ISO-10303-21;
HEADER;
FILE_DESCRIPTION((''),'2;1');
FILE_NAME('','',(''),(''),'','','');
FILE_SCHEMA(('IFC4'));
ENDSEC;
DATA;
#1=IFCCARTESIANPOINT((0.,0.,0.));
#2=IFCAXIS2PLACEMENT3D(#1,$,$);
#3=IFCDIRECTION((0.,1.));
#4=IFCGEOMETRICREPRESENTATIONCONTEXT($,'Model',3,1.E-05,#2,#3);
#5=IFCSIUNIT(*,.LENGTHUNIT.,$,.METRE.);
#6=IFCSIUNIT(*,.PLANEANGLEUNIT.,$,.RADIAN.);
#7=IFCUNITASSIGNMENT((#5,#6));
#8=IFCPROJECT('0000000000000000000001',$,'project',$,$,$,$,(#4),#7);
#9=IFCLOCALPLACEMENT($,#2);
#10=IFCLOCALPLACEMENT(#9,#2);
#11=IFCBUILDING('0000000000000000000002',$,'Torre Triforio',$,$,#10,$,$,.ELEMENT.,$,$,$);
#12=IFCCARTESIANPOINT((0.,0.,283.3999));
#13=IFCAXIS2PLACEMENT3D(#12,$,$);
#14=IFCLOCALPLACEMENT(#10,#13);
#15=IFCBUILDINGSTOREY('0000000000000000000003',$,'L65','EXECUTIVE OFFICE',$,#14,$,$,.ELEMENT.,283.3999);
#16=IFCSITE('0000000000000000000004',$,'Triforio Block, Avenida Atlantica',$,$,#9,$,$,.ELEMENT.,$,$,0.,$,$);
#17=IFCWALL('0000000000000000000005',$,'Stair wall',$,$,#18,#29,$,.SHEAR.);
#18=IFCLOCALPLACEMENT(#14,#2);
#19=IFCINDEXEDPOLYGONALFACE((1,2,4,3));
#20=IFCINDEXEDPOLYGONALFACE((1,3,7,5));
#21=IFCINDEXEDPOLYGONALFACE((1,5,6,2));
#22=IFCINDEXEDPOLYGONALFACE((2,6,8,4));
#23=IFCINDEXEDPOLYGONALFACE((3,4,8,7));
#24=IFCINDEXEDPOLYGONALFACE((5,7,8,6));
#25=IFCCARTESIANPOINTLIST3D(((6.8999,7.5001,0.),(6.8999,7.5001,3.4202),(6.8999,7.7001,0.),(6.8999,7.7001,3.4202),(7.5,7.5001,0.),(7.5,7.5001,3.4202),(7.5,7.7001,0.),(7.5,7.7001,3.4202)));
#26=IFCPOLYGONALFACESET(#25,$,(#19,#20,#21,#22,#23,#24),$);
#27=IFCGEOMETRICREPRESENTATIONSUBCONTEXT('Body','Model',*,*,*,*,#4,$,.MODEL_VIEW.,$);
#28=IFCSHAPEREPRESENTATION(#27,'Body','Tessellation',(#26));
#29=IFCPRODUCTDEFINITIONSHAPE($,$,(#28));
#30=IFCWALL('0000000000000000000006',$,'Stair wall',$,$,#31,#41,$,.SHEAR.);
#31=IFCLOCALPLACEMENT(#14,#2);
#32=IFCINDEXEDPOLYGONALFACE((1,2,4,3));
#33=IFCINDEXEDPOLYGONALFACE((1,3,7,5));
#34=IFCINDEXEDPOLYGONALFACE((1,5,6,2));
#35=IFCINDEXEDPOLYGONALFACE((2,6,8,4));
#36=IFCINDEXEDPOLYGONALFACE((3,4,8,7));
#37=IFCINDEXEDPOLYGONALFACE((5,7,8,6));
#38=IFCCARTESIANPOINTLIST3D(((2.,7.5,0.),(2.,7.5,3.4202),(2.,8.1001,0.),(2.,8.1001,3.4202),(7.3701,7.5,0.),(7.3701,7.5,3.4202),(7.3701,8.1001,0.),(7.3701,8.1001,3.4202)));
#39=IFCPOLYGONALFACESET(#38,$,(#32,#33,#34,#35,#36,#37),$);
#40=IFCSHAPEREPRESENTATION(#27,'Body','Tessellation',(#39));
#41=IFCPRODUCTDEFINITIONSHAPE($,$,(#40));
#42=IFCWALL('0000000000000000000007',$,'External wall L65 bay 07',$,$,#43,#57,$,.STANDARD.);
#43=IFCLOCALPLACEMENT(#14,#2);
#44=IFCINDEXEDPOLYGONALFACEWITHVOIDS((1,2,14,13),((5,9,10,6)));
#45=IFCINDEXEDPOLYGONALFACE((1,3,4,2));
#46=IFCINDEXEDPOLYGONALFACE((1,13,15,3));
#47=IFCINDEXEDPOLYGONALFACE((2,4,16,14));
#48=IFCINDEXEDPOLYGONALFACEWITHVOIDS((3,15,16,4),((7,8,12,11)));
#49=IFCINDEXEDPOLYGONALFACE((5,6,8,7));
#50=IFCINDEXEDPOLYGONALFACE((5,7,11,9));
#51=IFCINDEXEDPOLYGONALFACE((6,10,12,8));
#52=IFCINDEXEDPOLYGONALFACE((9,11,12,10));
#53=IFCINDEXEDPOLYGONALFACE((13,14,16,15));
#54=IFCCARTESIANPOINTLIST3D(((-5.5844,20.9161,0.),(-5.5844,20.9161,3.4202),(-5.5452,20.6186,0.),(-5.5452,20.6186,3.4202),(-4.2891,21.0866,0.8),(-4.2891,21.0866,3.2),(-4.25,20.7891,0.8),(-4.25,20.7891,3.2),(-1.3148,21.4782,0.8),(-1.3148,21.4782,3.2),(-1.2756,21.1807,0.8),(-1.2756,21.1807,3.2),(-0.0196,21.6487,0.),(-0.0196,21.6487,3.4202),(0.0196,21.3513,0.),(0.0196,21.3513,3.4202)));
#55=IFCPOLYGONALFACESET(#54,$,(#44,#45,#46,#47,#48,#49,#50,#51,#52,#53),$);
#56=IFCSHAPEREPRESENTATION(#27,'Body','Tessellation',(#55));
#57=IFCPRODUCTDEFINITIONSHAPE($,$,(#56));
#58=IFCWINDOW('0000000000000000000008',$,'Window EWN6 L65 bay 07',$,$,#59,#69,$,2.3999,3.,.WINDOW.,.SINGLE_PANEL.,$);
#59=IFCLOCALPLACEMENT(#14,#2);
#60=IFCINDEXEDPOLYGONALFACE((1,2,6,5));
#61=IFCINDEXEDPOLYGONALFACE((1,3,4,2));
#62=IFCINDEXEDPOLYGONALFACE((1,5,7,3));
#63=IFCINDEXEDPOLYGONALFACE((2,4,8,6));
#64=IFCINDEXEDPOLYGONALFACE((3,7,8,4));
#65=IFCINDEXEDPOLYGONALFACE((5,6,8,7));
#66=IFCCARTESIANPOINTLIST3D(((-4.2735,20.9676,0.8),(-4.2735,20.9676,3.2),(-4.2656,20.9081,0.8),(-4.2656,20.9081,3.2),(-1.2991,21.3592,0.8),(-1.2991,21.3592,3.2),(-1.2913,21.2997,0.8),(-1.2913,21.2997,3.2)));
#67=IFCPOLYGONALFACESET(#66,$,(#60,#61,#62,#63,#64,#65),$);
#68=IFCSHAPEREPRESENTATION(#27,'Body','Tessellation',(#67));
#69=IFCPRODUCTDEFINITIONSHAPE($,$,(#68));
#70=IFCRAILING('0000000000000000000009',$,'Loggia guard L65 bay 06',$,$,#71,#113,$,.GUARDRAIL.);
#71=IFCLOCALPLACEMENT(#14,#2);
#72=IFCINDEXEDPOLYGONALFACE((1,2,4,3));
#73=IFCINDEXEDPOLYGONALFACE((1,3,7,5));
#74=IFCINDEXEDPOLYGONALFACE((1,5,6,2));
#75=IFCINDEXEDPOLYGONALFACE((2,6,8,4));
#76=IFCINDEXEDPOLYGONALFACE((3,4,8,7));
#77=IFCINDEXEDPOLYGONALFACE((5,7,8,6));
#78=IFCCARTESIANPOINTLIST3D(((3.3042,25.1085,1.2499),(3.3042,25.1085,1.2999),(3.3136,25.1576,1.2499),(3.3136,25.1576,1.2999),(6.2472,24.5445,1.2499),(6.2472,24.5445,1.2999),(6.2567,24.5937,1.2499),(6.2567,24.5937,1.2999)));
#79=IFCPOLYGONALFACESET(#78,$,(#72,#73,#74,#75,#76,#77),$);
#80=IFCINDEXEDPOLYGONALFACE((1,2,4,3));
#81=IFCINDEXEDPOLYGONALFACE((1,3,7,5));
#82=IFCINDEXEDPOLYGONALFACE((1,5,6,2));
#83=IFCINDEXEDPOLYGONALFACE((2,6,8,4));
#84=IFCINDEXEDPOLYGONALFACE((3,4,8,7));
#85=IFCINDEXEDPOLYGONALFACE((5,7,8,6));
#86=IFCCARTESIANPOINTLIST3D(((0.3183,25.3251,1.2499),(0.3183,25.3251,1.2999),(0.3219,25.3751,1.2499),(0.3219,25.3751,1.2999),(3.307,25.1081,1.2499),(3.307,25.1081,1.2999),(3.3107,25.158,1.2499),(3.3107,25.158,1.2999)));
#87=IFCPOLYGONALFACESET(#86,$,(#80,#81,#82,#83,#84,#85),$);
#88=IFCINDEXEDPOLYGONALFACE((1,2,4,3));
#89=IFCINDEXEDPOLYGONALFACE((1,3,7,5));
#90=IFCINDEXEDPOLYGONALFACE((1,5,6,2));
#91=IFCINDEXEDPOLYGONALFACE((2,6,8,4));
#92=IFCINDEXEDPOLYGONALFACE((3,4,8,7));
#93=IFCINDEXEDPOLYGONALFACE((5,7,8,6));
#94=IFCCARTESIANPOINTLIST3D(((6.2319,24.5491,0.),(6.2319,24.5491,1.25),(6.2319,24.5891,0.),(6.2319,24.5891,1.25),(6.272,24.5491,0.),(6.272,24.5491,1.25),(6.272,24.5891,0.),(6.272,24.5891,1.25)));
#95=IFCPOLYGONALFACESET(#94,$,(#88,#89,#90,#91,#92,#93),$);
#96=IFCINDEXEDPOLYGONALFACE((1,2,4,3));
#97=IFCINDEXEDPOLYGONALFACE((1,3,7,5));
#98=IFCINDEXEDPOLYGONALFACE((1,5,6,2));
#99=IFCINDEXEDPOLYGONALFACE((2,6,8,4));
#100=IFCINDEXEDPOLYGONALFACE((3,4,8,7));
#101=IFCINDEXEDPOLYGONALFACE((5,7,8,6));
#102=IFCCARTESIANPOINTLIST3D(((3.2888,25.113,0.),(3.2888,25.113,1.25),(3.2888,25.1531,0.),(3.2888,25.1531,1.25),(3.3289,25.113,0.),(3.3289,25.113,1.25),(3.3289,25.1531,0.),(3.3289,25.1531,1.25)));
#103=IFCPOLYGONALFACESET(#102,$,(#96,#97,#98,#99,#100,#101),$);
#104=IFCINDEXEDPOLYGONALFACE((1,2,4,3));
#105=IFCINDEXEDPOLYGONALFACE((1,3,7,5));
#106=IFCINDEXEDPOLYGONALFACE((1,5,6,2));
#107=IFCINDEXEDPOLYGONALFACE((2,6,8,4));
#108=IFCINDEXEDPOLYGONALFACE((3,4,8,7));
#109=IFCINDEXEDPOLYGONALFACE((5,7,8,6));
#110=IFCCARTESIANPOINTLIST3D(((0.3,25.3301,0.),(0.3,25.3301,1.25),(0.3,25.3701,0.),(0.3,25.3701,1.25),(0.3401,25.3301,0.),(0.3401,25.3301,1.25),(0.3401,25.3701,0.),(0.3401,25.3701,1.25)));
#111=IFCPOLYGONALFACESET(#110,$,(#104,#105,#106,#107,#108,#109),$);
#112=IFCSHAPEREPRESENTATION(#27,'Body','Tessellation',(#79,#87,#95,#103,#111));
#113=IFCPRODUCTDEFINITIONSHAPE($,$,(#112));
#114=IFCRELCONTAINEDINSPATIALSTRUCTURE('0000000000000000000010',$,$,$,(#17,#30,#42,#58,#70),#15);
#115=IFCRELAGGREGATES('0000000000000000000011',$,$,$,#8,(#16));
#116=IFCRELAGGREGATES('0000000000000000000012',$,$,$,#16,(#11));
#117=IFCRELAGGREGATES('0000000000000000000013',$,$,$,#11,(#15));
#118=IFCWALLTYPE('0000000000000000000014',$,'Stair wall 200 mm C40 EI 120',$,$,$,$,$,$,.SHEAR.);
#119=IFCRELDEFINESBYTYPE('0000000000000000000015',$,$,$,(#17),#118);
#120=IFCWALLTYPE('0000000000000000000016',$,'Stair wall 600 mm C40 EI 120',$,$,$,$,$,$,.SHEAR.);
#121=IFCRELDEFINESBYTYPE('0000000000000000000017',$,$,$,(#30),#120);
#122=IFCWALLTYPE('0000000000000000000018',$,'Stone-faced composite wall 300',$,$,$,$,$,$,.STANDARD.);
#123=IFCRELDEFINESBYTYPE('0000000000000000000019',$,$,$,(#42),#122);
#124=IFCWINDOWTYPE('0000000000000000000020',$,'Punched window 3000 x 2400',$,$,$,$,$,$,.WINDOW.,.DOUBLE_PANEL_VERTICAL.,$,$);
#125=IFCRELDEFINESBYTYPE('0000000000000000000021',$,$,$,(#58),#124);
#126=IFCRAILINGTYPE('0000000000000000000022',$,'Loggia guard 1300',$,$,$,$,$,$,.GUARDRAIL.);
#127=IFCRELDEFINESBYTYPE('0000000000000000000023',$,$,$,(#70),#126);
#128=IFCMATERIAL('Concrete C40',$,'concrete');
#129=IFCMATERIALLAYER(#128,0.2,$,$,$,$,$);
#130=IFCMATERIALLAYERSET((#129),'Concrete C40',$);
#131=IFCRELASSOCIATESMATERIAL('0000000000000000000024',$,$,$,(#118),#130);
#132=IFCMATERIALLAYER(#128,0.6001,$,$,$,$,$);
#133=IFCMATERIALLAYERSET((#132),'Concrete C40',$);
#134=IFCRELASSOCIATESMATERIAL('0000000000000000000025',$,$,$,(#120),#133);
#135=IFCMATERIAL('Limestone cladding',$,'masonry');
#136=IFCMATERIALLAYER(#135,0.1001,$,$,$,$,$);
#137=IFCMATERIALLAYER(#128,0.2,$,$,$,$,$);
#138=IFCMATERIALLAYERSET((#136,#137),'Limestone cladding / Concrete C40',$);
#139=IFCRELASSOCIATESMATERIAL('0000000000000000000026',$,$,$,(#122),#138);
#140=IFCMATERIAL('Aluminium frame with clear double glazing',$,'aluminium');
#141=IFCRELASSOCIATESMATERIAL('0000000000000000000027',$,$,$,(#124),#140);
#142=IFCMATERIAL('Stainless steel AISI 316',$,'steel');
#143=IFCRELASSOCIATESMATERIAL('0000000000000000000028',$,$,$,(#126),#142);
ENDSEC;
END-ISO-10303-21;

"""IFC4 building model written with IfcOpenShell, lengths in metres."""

from ifc_helpers import new_model, si_unit, direction, frame, frame_2d, origin, origin_2d, place, context, subcontext, project, spatial, rectangle, extrude, material, layer, layer_set, type_object, element, fill, save


model = new_model("IFC4")

# Units and contexts
model_context = context("Model", 3, precision=1e-05, world=origin(), true_north=direction((0.0, 1.0)))
body_context = subcontext(model_context, "Body", "Model", "MODEL_VIEW")
ifc_project = project(units=[si_unit("LENGTHUNIT", "METRE"), si_unit("PLANEANGLEUNIT", "RADIAN")], contexts=[model_context])

# Site, building, storey
site_placement = place(None, origin())
site = spatial("IfcSite", under=ifc_project, at=site_placement, Name="Triforio Block, Avenida Atlantica", CompositionType="ELEMENT", RefElevation=0.0)
building_placement = place(site_placement, origin())
building = spatial("IfcBuilding", under=site, at=building_placement, Name="Torre Triforio", CompositionType="ELEMENT")
storey_placement = place(building_placement, frame((0.0, 0.0, 283.3999)))
storey = spatial("IfcBuildingStorey", under=building, at=storey_placement, Name="L65", Description="EXECUTIVE OFFICE", CompositionType="ELEMENT", Elevation=283.3999)

# Shared definitions
ifc_material_1 = material(Name="Concrete C40", Category="concrete")

# Walls
ifc_layer_1 = layer(ifc_material_1, 0.2)
ifc_layer_set_1 = layer_set([ifc_layer_1], Name="Concrete C40")
wall_type_1 = type_object("IfcWallType", Name="Stair wall 200 mm C40 EI 120", PredefinedType="SHEAR", material=ifc_layer_set_1)
wall_1_placement = place(storey_placement, frame((6.8999, 7.6001, 0.0), z_axis=(0.0, 0.0, 1.0), x_axis=(1.0, 0.0, 0.0)))
element("IfcWall", 1, at=wall_1_placement, inside=storey, type_object=wall_type_1, Name="Stair wall", PredefinedType="SHEAR", context=body_context, shape_type="SweptSolid", body=[
    extrude(rectangle(XDim=0.6001, YDim=0.2, at=frame_2d((0.3, 0.0))), origin(), (0.0, 0.0, 1.0), 3.4202),
])
ifc_layer_2 = layer(ifc_material_1, 0.6001)
ifc_layer_set_2 = layer_set([ifc_layer_2], Name="Concrete C40")
wall_type_2 = type_object("IfcWallType", Name="Stair wall 600 mm C40 EI 120", PredefinedType="SHEAR", material=ifc_layer_set_2)
wall_2_placement = place(storey_placement, frame((2.0, 7.8, 0.0), z_axis=(0.0, 0.0, 1.0), x_axis=(1.0, 0.0, 0.0)))
element("IfcWall", 2, at=wall_2_placement, inside=storey, type_object=wall_type_2, Name="Stair wall", PredefinedType="SHEAR", context=body_context, shape_type="SweptSolid", body=[
    extrude(rectangle(XDim=5.3701, YDim=0.6001, at=frame_2d((2.6851, 0.0))), origin(), (0.0, 0.0, 1.0), 3.4202),
])

# Shared definitions
ifc_material_2 = material(Name="Limestone cladding", Category="masonry")
ifc_layer_3 = layer(ifc_material_2, 0.1001)
ifc_layer_4 = layer(ifc_material_1, 0.2)
ifc_layer_set_3 = layer_set([ifc_layer_3, ifc_layer_4], Name="Limestone cladding / Concrete C40")
wall_type_3 = type_object("IfcWallType", Name="Stone-faced composite wall 300", PredefinedType="STANDARD", material=ifc_layer_set_3)
ifc_material_3 = material(Name="Aluminium frame with clear double glazing", Category="aluminium")

# Wall, opening, window
wall_3_placement = place(storey_placement, frame((0.0, 21.5, 0.0), z_axis=(0.0, 0.0, 1.0), x_axis=(-0.991443, -0.130537, 0.0)))
wall_3 = element("IfcWall", 3, at=wall_3_placement, inside=storey, type_object=wall_type_3, Name="External wall L65 bay 07", PredefinedType="STANDARD", context=body_context, shape_type="SweptSolid", body=[
    extrude(rectangle(XDim=5.6128, YDim=0.3, at=frame_2d((2.8064, 0.0))), origin(), (0.0, 0.0, 1.0), 3.4202),
])
opening_1_placement = place(wall_3_placement, frame((1.3064, 0.0, 0.8)))
opening_1 = element("IfcOpeningElement", 4, at=opening_1_placement, cuts=wall_3, PredefinedType="OPENING", context=body_context, shape_type="SweptSolid", body=[
    extrude(rectangle(XDim=3.0, YDim=2.3999, at=frame_2d((1.5, 1.2))), frame((0.0, 0.1599, 0.0), z_axis=(0.0, -1.0, 0.0), x_axis=(1.0, 0.0, 0.0)), (0.0, 0.0, 1.0), 0.3201),
])
window_type_1 = type_object("IfcWindowType", Name="Punched window 3000 x 2400", PartitioningType="DOUBLE_PANEL_VERTICAL", PredefinedType="WINDOW", material=ifc_material_3)
window_1_placement = place(opening_1_placement, origin())
window_1 = element("IfcWindow", 5, at=window_1_placement, inside=storey, type_object=window_type_1, Name="Window EWN6 L65 bay 07", OverallHeight=2.3999, OverallWidth=3.0, PartitioningType="SINGLE_PANEL", PredefinedType="WINDOW", context=body_context, shape_type="SweptSolid", body=[
    extrude(rectangle(XDim=3.0, YDim=2.3999, at=frame_2d((1.5, 1.2))), frame((0.0, 0.03, 0.0), z_axis=(0.0, -1.0, 0.0), x_axis=(1.0, 0.0, 0.0)), (0.0, 0.0, 1.0), 0.0601),
])
fill(opening_1, window_1)

# Railing
ifc_material_4 = material(Name="Stainless steel AISI 316", Category="steel")
railing_type = type_object("IfcRailingType", Name="Loggia guard 1300", PredefinedType="GUARDRAIL", material=ifc_material_4)
railing_placement = place(storey_placement, frame((6.252, 24.5691, 0.0)))
element("IfcRailing", 6, at=railing_placement, inside=storey, type_object=railing_type, Name="Loggia guard L65 bay 06", PredefinedType="GUARDRAIL", context=body_context, shape_type="SweptSolid", body=[
    extrude(rectangle(XDim=0.05, YDim=0.05, at=origin_2d()), frame((0.0, 0.0, 1.2749), z_axis=(-0.982131, 0.188198, 0.0), x_axis=(-0.188198, -0.982131, 0.0)), (0.0, 0.0, 1.0), 2.9966),
    extrude(rectangle(XDim=0.05, YDim=0.05, at=origin_2d()), frame((-2.9431, 0.564, 1.2749), z_axis=(-0.997374, 0.072428, 0.0), x_axis=(-0.072428, -0.997374, 0.0)), (0.0, 0.0, 1.0), 2.9966),
    extrude(rectangle(XDim=0.04, YDim=0.04, at=origin_2d()), origin(), (0.0, 0.0, 1.0), 1.25),
    extrude(rectangle(XDim=0.04, YDim=0.04, at=origin_2d()), frame((-2.9431, 0.564, 0.0)), (0.0, 0.0, 1.0), 1.25),
    extrude(rectangle(XDim=0.04, YDim=0.04, at=origin_2d()), frame((-5.9319, 0.781, 0.0)), (0.0, 0.0, 1.0), 1.25),
])

save(model, "model.ifc")
